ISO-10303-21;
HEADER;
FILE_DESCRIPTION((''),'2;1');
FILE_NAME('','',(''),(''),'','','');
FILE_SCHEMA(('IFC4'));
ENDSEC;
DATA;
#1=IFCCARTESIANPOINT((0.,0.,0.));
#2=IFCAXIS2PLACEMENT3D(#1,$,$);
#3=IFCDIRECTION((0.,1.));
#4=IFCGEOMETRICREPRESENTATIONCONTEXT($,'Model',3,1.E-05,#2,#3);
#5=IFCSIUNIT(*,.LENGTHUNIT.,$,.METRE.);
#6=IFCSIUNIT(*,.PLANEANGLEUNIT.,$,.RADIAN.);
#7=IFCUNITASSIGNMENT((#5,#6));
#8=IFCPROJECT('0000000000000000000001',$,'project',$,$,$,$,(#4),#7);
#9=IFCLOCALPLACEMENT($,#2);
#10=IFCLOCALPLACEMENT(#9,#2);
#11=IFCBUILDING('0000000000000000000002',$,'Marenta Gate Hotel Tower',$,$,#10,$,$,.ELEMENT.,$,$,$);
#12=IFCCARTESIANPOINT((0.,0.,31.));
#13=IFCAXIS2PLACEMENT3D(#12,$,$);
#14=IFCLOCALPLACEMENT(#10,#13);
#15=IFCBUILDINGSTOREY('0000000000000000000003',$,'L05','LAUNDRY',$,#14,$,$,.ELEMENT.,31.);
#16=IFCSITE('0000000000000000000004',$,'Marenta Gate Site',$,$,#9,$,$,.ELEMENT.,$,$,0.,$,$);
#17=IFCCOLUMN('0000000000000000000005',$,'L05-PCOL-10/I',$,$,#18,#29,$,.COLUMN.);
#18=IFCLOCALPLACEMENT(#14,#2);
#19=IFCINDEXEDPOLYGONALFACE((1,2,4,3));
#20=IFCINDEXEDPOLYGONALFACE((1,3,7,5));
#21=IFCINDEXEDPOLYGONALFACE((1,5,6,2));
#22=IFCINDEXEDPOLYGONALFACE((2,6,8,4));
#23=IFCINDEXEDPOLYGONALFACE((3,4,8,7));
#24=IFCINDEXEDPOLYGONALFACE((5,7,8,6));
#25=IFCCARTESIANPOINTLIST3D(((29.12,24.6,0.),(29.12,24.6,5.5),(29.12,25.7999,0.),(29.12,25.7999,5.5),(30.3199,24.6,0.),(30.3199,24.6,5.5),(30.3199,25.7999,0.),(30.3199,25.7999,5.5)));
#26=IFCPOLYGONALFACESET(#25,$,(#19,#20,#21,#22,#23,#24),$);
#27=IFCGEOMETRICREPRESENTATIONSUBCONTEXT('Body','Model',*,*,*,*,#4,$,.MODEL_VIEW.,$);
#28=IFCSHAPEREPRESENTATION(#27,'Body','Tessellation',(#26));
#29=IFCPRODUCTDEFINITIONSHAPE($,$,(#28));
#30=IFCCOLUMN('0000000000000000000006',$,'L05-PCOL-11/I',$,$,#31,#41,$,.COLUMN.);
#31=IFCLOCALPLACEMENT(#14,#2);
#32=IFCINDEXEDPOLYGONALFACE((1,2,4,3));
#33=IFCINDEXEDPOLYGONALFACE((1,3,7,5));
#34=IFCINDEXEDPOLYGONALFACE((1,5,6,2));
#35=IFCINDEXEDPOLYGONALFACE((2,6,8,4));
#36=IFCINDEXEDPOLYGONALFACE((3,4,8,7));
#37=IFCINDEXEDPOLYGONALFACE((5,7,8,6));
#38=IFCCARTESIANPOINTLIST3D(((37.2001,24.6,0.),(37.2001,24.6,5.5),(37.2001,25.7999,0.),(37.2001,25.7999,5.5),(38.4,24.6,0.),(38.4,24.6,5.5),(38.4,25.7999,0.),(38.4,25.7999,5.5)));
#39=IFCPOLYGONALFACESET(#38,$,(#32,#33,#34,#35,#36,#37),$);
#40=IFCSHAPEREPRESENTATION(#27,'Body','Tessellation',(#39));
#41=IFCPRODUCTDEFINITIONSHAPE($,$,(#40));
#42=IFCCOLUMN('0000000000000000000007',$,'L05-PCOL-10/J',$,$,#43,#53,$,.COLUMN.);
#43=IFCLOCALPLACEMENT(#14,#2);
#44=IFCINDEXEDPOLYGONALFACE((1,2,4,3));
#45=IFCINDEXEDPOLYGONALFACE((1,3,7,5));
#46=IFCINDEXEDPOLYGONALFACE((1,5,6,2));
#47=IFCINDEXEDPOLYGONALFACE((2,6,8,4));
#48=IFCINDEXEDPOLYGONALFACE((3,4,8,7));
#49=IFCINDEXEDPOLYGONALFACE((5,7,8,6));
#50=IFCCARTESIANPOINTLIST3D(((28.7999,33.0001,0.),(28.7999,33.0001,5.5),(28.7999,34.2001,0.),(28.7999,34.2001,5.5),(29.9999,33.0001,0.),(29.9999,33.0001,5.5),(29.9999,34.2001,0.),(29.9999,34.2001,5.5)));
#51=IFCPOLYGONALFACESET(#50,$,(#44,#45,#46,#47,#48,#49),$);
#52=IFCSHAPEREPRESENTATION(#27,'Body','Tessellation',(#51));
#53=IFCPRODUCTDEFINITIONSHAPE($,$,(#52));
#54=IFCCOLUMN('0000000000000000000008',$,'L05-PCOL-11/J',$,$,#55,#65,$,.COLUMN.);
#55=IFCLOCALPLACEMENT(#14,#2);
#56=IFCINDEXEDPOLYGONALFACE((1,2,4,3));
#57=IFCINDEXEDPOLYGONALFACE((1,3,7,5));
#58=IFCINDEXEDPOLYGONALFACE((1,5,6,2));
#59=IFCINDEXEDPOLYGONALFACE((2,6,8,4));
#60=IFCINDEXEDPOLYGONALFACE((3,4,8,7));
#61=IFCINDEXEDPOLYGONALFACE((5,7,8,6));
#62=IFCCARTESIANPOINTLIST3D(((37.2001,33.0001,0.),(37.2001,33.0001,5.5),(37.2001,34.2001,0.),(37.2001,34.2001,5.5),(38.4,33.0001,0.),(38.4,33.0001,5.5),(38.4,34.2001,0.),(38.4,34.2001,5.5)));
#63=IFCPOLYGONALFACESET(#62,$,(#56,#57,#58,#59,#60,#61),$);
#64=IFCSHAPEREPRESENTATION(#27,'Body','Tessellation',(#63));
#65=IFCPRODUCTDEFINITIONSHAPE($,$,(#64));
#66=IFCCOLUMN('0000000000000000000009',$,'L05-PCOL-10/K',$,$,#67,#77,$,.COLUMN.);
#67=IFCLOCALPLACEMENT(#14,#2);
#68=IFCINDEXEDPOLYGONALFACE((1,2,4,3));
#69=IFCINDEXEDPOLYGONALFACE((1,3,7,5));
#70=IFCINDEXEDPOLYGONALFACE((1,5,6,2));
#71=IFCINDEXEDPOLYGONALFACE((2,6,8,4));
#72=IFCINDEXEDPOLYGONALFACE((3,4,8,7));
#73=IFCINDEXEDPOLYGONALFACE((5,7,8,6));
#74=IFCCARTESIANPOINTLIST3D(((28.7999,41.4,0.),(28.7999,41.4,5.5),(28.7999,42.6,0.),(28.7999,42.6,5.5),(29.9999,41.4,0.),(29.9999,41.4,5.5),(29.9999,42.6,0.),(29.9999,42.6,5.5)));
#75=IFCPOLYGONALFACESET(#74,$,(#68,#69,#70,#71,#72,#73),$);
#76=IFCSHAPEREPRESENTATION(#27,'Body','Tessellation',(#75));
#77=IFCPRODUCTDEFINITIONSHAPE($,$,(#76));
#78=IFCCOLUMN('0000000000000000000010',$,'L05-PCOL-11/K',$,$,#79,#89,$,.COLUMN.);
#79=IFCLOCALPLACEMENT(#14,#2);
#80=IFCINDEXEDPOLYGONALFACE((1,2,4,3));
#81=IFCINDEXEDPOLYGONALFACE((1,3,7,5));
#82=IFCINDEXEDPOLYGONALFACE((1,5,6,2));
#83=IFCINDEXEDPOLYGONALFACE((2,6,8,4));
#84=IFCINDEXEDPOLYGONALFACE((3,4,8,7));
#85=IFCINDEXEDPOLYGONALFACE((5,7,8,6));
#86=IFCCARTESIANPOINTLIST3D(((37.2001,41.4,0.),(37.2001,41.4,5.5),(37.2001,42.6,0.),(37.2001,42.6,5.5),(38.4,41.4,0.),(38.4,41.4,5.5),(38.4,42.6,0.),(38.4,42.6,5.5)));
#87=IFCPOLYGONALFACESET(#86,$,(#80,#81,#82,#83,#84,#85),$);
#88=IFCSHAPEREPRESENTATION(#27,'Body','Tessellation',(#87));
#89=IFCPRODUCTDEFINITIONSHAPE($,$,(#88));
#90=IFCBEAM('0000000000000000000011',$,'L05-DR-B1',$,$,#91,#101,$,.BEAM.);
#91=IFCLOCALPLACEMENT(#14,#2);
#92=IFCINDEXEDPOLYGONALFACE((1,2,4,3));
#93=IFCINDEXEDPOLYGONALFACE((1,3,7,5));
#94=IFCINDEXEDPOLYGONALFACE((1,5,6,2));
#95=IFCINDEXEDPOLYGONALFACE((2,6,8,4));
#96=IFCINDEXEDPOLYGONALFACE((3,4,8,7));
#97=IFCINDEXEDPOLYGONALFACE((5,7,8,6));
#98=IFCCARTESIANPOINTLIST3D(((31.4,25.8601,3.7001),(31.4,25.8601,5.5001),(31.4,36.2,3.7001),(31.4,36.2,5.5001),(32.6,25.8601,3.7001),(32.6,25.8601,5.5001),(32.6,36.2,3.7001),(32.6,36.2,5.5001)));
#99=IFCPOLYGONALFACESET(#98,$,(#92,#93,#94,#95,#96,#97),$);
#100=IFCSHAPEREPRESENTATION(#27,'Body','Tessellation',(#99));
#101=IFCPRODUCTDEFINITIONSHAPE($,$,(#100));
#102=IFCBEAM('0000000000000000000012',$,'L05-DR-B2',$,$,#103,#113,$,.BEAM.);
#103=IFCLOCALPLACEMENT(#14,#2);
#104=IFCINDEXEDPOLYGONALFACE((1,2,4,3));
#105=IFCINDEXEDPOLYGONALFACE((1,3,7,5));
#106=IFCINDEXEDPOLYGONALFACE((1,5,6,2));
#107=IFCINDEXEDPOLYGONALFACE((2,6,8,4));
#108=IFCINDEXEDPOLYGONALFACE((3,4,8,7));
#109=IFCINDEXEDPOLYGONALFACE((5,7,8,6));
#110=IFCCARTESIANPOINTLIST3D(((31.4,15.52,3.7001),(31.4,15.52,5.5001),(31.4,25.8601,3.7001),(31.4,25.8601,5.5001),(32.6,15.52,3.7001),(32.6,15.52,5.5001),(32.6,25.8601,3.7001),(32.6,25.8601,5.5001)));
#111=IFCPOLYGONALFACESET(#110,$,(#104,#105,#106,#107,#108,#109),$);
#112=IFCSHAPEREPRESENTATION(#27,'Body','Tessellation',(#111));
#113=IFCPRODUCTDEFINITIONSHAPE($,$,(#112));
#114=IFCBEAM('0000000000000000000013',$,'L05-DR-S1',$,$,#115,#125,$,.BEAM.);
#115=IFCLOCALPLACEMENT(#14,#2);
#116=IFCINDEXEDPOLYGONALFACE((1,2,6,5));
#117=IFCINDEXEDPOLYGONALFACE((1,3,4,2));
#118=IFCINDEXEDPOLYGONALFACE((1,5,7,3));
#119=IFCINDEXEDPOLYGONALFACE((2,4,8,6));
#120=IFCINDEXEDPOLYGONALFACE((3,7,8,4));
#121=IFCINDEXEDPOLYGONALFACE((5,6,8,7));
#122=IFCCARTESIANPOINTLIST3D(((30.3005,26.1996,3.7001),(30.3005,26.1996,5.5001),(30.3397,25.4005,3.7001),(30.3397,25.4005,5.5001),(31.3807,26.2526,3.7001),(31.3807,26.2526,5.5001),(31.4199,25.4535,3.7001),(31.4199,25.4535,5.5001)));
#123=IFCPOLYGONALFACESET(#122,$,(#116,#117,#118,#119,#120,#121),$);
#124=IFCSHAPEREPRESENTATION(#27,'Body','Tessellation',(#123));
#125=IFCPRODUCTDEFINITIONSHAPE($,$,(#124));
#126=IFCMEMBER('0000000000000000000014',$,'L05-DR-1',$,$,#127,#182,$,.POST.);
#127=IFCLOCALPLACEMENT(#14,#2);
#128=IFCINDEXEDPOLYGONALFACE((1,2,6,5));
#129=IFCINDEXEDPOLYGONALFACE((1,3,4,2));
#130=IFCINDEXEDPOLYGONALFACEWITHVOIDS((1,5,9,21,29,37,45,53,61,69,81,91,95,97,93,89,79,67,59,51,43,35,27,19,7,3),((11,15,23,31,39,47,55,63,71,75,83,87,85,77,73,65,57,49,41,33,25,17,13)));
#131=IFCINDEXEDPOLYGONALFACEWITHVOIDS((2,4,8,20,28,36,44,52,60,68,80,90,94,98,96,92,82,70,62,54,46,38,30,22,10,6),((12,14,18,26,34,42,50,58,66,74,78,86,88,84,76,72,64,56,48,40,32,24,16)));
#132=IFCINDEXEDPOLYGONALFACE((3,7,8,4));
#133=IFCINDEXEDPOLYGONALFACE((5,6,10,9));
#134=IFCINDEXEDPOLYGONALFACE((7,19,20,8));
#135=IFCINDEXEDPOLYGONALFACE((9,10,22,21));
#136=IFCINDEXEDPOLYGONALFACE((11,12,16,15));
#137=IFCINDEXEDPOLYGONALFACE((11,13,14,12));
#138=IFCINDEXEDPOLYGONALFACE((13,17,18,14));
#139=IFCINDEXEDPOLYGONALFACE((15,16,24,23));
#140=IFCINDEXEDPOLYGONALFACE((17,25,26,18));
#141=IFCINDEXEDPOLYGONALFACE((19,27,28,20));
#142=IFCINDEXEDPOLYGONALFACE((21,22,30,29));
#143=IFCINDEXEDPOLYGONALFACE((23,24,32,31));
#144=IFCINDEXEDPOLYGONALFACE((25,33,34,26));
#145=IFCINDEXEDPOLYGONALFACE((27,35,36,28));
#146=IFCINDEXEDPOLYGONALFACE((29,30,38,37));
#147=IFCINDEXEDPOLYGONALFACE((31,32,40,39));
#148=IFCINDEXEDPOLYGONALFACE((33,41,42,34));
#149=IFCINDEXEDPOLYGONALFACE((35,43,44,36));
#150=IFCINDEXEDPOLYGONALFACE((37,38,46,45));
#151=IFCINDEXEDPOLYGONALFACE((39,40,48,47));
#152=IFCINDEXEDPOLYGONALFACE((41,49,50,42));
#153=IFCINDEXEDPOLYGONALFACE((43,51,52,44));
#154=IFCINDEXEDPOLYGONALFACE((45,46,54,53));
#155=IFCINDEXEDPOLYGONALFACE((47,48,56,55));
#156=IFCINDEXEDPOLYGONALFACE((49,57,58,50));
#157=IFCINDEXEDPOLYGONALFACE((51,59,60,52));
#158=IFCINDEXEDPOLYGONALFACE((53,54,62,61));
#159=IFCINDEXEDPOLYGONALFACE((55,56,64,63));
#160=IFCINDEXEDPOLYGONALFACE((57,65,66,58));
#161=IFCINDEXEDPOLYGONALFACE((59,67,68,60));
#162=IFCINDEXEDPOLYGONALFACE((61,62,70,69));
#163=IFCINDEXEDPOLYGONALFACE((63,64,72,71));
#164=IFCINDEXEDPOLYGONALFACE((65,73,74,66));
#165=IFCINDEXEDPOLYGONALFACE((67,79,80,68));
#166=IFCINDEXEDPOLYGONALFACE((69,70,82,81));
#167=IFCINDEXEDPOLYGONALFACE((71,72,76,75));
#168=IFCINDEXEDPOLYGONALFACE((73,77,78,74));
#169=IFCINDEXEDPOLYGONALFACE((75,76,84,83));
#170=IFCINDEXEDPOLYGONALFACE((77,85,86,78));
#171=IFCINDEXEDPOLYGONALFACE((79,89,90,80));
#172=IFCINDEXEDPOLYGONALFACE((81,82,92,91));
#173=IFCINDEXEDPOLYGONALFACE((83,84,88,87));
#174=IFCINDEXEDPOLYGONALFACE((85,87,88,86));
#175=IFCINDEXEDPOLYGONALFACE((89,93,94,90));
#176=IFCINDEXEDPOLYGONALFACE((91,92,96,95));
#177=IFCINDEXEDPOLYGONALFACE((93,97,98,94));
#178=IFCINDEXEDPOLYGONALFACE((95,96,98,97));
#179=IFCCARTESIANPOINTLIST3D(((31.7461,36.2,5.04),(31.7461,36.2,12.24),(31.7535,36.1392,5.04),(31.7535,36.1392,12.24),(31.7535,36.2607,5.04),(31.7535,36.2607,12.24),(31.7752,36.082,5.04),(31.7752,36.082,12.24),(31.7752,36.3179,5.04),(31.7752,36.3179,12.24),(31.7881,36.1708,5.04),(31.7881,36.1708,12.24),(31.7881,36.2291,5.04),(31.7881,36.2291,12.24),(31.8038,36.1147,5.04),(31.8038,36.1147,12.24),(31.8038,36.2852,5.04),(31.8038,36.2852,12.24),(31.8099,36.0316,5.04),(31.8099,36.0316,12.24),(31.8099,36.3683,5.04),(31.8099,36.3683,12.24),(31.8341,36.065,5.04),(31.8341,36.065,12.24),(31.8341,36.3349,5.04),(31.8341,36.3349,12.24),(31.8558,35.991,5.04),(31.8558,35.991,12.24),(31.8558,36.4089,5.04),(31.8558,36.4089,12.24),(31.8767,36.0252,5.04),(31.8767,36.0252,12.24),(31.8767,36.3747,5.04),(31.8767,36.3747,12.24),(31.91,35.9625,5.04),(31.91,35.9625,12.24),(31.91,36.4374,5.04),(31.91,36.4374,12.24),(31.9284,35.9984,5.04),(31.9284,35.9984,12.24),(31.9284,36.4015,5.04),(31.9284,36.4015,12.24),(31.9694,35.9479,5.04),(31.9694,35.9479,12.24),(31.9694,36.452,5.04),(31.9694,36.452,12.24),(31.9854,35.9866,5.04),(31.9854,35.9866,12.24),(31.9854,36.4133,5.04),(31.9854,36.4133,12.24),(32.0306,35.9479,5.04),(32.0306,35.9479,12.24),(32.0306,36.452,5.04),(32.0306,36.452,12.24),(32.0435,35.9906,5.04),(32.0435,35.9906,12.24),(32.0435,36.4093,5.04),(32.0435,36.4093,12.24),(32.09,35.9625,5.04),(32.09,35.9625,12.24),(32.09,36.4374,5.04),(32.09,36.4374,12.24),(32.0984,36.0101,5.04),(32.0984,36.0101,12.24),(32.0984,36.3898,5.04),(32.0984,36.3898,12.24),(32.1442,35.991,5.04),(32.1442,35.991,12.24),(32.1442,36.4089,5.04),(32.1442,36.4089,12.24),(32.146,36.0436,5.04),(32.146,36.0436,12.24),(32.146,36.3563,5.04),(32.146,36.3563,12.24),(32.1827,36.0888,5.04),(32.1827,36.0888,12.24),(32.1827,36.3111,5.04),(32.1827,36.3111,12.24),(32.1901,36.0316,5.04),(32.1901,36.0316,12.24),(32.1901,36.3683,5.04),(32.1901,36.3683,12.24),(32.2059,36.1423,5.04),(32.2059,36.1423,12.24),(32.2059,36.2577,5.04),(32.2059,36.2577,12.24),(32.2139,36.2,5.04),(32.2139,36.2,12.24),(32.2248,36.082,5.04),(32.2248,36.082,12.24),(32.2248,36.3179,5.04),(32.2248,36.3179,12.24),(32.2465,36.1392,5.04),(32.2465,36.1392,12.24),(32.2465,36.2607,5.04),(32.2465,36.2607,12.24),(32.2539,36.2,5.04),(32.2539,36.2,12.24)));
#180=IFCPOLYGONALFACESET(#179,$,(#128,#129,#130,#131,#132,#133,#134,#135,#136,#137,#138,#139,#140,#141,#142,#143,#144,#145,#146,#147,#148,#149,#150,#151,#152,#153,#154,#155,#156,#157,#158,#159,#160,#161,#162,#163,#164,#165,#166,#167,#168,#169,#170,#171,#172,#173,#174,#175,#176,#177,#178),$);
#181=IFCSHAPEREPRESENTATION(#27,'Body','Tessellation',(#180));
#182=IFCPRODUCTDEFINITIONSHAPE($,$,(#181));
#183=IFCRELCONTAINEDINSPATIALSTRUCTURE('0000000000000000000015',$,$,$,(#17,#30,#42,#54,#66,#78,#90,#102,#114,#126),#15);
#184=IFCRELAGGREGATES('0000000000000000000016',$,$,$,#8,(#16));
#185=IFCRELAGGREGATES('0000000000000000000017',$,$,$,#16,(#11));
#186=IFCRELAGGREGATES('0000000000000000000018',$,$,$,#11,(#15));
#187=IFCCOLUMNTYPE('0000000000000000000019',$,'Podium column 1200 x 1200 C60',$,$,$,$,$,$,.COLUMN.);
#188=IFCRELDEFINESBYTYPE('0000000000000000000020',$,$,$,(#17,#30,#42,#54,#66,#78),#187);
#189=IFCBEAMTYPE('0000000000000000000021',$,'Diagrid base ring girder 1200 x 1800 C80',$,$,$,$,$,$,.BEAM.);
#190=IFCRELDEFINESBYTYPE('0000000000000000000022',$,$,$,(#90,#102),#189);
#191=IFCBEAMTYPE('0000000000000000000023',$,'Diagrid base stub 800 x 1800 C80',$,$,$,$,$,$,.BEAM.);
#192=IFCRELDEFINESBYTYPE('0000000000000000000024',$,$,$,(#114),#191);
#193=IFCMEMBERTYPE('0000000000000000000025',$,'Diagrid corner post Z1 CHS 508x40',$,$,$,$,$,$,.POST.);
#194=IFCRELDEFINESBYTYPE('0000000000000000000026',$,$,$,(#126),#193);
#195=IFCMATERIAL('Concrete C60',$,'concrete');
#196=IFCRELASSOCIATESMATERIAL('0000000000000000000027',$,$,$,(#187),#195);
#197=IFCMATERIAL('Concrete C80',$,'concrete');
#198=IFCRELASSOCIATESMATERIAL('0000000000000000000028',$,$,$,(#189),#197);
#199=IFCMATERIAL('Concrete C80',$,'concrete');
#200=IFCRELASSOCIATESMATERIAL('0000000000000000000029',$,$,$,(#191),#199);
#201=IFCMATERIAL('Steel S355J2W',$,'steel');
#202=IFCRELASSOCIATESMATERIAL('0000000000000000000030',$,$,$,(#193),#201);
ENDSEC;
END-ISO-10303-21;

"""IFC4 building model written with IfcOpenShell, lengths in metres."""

from ifc_helpers import new_model, si_unit, direction, frame, origin, origin_2d, place, context, subcontext, project, spatial, rectangle, hollow_circle, extrude, material, material_profile, profile_set, type_object, element, save


model = new_model("IFC4")

# Units and contexts
model_context = context("Model", 3, precision=1e-05, world=origin(), true_north=direction((0.0, 1.0)))
body_context = subcontext(model_context, "Body", "Model", "MODEL_VIEW")
ifc_project = project(units=[si_unit("LENGTHUNIT", "METRE"), si_unit("PLANEANGLEUNIT", "RADIAN")], contexts=[model_context])

# Site, building, storey
site_placement = place(None, origin())
site = spatial("IfcSite", under=ifc_project, at=site_placement, Name="Marenta Gate Site", CompositionType="ELEMENT", RefElevation=0.0)
building_placement = place(site_placement, origin())
building = spatial("IfcBuilding", under=site, at=building_placement, Name="Marenta Gate Hotel Tower", CompositionType="ELEMENT")
storey_placement = place(building_placement, frame((0.0, 0.0, 31.0)))
storey = spatial("IfcBuildingStorey", under=building, at=storey_placement, Name="L05", Description="LAUNDRY", CompositionType="ELEMENT", Elevation=31.0)

# Columns
ifc_material_1 = material(Name="Concrete C60", Category="concrete")
ifc_material_profile_1 = material_profile(ifc_material_1, rectangle(XDim=1.2, YDim=1.2, at=origin_2d()), Name="1200 x 1200")
ifc_profile_set_1 = profile_set([ifc_material_profile_1], Name="Concrete C60")
column_type = type_object("IfcColumnType", Name="Podium column 1200 x 1200 C60", PredefinedType="COLUMN", material=ifc_profile_set_1)
for number, where, z_axis, x_axis, name in (
    (1, (29.72, 25.2, 0.0), (0.0, 0.0, 1.0), (1.0, 0.0, 0.0), "L05-PCOL-10/I"),
    (2, (37.8, 25.2, 0.0), (0.0, 0.0, 1.0), (1.0, 0.0, 0.0), "L05-PCOL-11/I"),
    (3, (29.3999, 33.6001, 0.0), (0.0, 0.0, 1.0), (1.0, 0.0, 0.0), "L05-PCOL-10/J"),
    (4, (37.8, 33.6001, 0.0), (0.0, 0.0, 1.0), (1.0, 0.0, 0.0), "L05-PCOL-11/J"),
    (5, (29.3999, 42.0, 0.0), (0.0, 0.0, 1.0), (1.0, 0.0, 0.0), "L05-PCOL-10/K"),
    (6, (37.8, 42.0, 0.0), (0.0, 0.0, 1.0), (1.0, 0.0, 0.0), "L05-PCOL-11/K"),
):
    element("IfcColumn", number, at=place(storey_placement, frame(where, z_axis=z_axis, x_axis=x_axis)), inside=storey, type_object=column_type, Name=name, PredefinedType="COLUMN", context=body_context, shape_type="SweptSolid", body=[
        extrude(rectangle(XDim=1.2, YDim=1.2, at=origin_2d()), origin(), (0.0, 0.0, 1.0), 5.5),
    ])

# Beams
ifc_material_2 = material(Name="Concrete C80", Category="concrete")
ifc_material_profile_2 = material_profile(ifc_material_2, rectangle(XDim=1.2, YDim=1.8, at=origin_2d()), Name="1200 x 1800")
ifc_profile_set_2 = profile_set([ifc_material_profile_2], Name="Concrete C80")
beam_type_1 = type_object("IfcBeamType", Name="Diagrid base ring girder 1200 x 1800 C80", PredefinedType="BEAM", material=ifc_profile_set_2)
beam_1_placement = place(storey_placement, frame((32.0, 36.2, 4.6001), z_axis=(0.0, -1.0, 0.0), x_axis=(1.0, 0.0, 0.0)))
element("IfcBeam", 7, at=beam_1_placement, inside=storey, type_object=beam_type_1, Name="L05-DR-B1", PredefinedType="BEAM", context=body_context, shape_type="SweptSolid", body=[
    extrude(rectangle(XDim=1.2, YDim=1.8, at=origin_2d()), origin(), (0.0, 0.0, 1.0), 10.3398),
])
beam_2_placement = place(storey_placement, frame((32.0, 25.8601, 4.6001), z_axis=(0.0, -1.0, 0.0), x_axis=(1.0, 0.0, 0.0)))
element("IfcBeam", 8, at=beam_2_placement, inside=storey, type_object=beam_type_1, Name="L05-DR-B2", PredefinedType="BEAM", context=body_context, shape_type="SweptSolid", body=[
    extrude(rectangle(XDim=1.2, YDim=1.8, at=origin_2d()), origin(), (0.0, 0.0, 1.0), 10.3401),
])
ifc_material_3 = material(Name="Concrete C80", Category="concrete")
ifc_material_profile_3 = material_profile(ifc_material_3, rectangle(XDim=0.8, YDim=1.8, at=origin_2d()), Name="800 x 1800")
ifc_profile_set_3 = profile_set([ifc_material_profile_3], Name="Concrete C80")
beam_type_2 = type_object("IfcBeamType", Name="Diagrid base stub 800 x 1800 C80", PredefinedType="BEAM", material=ifc_profile_set_3)
beam_3_placement = place(storey_placement, frame((30.3201, 25.8, 4.6001), z_axis=(0.9988, 0.048981, 0.0), x_axis=(-0.048981, 0.9988, 0.0)))
element("IfcBeam", 9, at=beam_3_placement, inside=storey, type_object=beam_type_2, Name="L05-DR-S1", PredefinedType="BEAM", context=body_context, shape_type="SweptSolid", body=[
    extrude(rectangle(XDim=0.8, YDim=1.8, at=origin_2d()), origin(), (0.0, 0.0, 1.0), 1.0815),
])

# Member
ifc_material_4 = material(Name="Steel S355J2W", Category="steel")
ifc_material_profile_4 = material_profile(ifc_material_4, hollow_circle(Radius=0.2539, WallThickness=0.04, at=origin_2d()), Name="CHS 508x40")
ifc_profile_set_4 = profile_set([ifc_material_profile_4], Name="Steel S355J2W")
member_type_1 = type_object("IfcMemberType", Name="Diagrid corner post Z1 CHS 508x40", PredefinedType="POST", material=ifc_profile_set_4)
member_1_placement = place(storey_placement, frame((32.0, 36.2, 5.04), z_axis=(0.0, 0.0, 1.0), x_axis=(1.0, 0.0, 0.0)))
element("IfcMember", 10, at=member_1_placement, inside=storey, type_object=member_type_1, Name="L05-DR-1", PredefinedType="POST", context=body_context, shape_type="SweptSolid", body=[
    extrude(hollow_circle(Radius=0.2539, WallThickness=0.04, at=origin_2d()), origin(), (0.0, 0.0, 1.0), 7.2),
])

save(model, "model.ifc")
